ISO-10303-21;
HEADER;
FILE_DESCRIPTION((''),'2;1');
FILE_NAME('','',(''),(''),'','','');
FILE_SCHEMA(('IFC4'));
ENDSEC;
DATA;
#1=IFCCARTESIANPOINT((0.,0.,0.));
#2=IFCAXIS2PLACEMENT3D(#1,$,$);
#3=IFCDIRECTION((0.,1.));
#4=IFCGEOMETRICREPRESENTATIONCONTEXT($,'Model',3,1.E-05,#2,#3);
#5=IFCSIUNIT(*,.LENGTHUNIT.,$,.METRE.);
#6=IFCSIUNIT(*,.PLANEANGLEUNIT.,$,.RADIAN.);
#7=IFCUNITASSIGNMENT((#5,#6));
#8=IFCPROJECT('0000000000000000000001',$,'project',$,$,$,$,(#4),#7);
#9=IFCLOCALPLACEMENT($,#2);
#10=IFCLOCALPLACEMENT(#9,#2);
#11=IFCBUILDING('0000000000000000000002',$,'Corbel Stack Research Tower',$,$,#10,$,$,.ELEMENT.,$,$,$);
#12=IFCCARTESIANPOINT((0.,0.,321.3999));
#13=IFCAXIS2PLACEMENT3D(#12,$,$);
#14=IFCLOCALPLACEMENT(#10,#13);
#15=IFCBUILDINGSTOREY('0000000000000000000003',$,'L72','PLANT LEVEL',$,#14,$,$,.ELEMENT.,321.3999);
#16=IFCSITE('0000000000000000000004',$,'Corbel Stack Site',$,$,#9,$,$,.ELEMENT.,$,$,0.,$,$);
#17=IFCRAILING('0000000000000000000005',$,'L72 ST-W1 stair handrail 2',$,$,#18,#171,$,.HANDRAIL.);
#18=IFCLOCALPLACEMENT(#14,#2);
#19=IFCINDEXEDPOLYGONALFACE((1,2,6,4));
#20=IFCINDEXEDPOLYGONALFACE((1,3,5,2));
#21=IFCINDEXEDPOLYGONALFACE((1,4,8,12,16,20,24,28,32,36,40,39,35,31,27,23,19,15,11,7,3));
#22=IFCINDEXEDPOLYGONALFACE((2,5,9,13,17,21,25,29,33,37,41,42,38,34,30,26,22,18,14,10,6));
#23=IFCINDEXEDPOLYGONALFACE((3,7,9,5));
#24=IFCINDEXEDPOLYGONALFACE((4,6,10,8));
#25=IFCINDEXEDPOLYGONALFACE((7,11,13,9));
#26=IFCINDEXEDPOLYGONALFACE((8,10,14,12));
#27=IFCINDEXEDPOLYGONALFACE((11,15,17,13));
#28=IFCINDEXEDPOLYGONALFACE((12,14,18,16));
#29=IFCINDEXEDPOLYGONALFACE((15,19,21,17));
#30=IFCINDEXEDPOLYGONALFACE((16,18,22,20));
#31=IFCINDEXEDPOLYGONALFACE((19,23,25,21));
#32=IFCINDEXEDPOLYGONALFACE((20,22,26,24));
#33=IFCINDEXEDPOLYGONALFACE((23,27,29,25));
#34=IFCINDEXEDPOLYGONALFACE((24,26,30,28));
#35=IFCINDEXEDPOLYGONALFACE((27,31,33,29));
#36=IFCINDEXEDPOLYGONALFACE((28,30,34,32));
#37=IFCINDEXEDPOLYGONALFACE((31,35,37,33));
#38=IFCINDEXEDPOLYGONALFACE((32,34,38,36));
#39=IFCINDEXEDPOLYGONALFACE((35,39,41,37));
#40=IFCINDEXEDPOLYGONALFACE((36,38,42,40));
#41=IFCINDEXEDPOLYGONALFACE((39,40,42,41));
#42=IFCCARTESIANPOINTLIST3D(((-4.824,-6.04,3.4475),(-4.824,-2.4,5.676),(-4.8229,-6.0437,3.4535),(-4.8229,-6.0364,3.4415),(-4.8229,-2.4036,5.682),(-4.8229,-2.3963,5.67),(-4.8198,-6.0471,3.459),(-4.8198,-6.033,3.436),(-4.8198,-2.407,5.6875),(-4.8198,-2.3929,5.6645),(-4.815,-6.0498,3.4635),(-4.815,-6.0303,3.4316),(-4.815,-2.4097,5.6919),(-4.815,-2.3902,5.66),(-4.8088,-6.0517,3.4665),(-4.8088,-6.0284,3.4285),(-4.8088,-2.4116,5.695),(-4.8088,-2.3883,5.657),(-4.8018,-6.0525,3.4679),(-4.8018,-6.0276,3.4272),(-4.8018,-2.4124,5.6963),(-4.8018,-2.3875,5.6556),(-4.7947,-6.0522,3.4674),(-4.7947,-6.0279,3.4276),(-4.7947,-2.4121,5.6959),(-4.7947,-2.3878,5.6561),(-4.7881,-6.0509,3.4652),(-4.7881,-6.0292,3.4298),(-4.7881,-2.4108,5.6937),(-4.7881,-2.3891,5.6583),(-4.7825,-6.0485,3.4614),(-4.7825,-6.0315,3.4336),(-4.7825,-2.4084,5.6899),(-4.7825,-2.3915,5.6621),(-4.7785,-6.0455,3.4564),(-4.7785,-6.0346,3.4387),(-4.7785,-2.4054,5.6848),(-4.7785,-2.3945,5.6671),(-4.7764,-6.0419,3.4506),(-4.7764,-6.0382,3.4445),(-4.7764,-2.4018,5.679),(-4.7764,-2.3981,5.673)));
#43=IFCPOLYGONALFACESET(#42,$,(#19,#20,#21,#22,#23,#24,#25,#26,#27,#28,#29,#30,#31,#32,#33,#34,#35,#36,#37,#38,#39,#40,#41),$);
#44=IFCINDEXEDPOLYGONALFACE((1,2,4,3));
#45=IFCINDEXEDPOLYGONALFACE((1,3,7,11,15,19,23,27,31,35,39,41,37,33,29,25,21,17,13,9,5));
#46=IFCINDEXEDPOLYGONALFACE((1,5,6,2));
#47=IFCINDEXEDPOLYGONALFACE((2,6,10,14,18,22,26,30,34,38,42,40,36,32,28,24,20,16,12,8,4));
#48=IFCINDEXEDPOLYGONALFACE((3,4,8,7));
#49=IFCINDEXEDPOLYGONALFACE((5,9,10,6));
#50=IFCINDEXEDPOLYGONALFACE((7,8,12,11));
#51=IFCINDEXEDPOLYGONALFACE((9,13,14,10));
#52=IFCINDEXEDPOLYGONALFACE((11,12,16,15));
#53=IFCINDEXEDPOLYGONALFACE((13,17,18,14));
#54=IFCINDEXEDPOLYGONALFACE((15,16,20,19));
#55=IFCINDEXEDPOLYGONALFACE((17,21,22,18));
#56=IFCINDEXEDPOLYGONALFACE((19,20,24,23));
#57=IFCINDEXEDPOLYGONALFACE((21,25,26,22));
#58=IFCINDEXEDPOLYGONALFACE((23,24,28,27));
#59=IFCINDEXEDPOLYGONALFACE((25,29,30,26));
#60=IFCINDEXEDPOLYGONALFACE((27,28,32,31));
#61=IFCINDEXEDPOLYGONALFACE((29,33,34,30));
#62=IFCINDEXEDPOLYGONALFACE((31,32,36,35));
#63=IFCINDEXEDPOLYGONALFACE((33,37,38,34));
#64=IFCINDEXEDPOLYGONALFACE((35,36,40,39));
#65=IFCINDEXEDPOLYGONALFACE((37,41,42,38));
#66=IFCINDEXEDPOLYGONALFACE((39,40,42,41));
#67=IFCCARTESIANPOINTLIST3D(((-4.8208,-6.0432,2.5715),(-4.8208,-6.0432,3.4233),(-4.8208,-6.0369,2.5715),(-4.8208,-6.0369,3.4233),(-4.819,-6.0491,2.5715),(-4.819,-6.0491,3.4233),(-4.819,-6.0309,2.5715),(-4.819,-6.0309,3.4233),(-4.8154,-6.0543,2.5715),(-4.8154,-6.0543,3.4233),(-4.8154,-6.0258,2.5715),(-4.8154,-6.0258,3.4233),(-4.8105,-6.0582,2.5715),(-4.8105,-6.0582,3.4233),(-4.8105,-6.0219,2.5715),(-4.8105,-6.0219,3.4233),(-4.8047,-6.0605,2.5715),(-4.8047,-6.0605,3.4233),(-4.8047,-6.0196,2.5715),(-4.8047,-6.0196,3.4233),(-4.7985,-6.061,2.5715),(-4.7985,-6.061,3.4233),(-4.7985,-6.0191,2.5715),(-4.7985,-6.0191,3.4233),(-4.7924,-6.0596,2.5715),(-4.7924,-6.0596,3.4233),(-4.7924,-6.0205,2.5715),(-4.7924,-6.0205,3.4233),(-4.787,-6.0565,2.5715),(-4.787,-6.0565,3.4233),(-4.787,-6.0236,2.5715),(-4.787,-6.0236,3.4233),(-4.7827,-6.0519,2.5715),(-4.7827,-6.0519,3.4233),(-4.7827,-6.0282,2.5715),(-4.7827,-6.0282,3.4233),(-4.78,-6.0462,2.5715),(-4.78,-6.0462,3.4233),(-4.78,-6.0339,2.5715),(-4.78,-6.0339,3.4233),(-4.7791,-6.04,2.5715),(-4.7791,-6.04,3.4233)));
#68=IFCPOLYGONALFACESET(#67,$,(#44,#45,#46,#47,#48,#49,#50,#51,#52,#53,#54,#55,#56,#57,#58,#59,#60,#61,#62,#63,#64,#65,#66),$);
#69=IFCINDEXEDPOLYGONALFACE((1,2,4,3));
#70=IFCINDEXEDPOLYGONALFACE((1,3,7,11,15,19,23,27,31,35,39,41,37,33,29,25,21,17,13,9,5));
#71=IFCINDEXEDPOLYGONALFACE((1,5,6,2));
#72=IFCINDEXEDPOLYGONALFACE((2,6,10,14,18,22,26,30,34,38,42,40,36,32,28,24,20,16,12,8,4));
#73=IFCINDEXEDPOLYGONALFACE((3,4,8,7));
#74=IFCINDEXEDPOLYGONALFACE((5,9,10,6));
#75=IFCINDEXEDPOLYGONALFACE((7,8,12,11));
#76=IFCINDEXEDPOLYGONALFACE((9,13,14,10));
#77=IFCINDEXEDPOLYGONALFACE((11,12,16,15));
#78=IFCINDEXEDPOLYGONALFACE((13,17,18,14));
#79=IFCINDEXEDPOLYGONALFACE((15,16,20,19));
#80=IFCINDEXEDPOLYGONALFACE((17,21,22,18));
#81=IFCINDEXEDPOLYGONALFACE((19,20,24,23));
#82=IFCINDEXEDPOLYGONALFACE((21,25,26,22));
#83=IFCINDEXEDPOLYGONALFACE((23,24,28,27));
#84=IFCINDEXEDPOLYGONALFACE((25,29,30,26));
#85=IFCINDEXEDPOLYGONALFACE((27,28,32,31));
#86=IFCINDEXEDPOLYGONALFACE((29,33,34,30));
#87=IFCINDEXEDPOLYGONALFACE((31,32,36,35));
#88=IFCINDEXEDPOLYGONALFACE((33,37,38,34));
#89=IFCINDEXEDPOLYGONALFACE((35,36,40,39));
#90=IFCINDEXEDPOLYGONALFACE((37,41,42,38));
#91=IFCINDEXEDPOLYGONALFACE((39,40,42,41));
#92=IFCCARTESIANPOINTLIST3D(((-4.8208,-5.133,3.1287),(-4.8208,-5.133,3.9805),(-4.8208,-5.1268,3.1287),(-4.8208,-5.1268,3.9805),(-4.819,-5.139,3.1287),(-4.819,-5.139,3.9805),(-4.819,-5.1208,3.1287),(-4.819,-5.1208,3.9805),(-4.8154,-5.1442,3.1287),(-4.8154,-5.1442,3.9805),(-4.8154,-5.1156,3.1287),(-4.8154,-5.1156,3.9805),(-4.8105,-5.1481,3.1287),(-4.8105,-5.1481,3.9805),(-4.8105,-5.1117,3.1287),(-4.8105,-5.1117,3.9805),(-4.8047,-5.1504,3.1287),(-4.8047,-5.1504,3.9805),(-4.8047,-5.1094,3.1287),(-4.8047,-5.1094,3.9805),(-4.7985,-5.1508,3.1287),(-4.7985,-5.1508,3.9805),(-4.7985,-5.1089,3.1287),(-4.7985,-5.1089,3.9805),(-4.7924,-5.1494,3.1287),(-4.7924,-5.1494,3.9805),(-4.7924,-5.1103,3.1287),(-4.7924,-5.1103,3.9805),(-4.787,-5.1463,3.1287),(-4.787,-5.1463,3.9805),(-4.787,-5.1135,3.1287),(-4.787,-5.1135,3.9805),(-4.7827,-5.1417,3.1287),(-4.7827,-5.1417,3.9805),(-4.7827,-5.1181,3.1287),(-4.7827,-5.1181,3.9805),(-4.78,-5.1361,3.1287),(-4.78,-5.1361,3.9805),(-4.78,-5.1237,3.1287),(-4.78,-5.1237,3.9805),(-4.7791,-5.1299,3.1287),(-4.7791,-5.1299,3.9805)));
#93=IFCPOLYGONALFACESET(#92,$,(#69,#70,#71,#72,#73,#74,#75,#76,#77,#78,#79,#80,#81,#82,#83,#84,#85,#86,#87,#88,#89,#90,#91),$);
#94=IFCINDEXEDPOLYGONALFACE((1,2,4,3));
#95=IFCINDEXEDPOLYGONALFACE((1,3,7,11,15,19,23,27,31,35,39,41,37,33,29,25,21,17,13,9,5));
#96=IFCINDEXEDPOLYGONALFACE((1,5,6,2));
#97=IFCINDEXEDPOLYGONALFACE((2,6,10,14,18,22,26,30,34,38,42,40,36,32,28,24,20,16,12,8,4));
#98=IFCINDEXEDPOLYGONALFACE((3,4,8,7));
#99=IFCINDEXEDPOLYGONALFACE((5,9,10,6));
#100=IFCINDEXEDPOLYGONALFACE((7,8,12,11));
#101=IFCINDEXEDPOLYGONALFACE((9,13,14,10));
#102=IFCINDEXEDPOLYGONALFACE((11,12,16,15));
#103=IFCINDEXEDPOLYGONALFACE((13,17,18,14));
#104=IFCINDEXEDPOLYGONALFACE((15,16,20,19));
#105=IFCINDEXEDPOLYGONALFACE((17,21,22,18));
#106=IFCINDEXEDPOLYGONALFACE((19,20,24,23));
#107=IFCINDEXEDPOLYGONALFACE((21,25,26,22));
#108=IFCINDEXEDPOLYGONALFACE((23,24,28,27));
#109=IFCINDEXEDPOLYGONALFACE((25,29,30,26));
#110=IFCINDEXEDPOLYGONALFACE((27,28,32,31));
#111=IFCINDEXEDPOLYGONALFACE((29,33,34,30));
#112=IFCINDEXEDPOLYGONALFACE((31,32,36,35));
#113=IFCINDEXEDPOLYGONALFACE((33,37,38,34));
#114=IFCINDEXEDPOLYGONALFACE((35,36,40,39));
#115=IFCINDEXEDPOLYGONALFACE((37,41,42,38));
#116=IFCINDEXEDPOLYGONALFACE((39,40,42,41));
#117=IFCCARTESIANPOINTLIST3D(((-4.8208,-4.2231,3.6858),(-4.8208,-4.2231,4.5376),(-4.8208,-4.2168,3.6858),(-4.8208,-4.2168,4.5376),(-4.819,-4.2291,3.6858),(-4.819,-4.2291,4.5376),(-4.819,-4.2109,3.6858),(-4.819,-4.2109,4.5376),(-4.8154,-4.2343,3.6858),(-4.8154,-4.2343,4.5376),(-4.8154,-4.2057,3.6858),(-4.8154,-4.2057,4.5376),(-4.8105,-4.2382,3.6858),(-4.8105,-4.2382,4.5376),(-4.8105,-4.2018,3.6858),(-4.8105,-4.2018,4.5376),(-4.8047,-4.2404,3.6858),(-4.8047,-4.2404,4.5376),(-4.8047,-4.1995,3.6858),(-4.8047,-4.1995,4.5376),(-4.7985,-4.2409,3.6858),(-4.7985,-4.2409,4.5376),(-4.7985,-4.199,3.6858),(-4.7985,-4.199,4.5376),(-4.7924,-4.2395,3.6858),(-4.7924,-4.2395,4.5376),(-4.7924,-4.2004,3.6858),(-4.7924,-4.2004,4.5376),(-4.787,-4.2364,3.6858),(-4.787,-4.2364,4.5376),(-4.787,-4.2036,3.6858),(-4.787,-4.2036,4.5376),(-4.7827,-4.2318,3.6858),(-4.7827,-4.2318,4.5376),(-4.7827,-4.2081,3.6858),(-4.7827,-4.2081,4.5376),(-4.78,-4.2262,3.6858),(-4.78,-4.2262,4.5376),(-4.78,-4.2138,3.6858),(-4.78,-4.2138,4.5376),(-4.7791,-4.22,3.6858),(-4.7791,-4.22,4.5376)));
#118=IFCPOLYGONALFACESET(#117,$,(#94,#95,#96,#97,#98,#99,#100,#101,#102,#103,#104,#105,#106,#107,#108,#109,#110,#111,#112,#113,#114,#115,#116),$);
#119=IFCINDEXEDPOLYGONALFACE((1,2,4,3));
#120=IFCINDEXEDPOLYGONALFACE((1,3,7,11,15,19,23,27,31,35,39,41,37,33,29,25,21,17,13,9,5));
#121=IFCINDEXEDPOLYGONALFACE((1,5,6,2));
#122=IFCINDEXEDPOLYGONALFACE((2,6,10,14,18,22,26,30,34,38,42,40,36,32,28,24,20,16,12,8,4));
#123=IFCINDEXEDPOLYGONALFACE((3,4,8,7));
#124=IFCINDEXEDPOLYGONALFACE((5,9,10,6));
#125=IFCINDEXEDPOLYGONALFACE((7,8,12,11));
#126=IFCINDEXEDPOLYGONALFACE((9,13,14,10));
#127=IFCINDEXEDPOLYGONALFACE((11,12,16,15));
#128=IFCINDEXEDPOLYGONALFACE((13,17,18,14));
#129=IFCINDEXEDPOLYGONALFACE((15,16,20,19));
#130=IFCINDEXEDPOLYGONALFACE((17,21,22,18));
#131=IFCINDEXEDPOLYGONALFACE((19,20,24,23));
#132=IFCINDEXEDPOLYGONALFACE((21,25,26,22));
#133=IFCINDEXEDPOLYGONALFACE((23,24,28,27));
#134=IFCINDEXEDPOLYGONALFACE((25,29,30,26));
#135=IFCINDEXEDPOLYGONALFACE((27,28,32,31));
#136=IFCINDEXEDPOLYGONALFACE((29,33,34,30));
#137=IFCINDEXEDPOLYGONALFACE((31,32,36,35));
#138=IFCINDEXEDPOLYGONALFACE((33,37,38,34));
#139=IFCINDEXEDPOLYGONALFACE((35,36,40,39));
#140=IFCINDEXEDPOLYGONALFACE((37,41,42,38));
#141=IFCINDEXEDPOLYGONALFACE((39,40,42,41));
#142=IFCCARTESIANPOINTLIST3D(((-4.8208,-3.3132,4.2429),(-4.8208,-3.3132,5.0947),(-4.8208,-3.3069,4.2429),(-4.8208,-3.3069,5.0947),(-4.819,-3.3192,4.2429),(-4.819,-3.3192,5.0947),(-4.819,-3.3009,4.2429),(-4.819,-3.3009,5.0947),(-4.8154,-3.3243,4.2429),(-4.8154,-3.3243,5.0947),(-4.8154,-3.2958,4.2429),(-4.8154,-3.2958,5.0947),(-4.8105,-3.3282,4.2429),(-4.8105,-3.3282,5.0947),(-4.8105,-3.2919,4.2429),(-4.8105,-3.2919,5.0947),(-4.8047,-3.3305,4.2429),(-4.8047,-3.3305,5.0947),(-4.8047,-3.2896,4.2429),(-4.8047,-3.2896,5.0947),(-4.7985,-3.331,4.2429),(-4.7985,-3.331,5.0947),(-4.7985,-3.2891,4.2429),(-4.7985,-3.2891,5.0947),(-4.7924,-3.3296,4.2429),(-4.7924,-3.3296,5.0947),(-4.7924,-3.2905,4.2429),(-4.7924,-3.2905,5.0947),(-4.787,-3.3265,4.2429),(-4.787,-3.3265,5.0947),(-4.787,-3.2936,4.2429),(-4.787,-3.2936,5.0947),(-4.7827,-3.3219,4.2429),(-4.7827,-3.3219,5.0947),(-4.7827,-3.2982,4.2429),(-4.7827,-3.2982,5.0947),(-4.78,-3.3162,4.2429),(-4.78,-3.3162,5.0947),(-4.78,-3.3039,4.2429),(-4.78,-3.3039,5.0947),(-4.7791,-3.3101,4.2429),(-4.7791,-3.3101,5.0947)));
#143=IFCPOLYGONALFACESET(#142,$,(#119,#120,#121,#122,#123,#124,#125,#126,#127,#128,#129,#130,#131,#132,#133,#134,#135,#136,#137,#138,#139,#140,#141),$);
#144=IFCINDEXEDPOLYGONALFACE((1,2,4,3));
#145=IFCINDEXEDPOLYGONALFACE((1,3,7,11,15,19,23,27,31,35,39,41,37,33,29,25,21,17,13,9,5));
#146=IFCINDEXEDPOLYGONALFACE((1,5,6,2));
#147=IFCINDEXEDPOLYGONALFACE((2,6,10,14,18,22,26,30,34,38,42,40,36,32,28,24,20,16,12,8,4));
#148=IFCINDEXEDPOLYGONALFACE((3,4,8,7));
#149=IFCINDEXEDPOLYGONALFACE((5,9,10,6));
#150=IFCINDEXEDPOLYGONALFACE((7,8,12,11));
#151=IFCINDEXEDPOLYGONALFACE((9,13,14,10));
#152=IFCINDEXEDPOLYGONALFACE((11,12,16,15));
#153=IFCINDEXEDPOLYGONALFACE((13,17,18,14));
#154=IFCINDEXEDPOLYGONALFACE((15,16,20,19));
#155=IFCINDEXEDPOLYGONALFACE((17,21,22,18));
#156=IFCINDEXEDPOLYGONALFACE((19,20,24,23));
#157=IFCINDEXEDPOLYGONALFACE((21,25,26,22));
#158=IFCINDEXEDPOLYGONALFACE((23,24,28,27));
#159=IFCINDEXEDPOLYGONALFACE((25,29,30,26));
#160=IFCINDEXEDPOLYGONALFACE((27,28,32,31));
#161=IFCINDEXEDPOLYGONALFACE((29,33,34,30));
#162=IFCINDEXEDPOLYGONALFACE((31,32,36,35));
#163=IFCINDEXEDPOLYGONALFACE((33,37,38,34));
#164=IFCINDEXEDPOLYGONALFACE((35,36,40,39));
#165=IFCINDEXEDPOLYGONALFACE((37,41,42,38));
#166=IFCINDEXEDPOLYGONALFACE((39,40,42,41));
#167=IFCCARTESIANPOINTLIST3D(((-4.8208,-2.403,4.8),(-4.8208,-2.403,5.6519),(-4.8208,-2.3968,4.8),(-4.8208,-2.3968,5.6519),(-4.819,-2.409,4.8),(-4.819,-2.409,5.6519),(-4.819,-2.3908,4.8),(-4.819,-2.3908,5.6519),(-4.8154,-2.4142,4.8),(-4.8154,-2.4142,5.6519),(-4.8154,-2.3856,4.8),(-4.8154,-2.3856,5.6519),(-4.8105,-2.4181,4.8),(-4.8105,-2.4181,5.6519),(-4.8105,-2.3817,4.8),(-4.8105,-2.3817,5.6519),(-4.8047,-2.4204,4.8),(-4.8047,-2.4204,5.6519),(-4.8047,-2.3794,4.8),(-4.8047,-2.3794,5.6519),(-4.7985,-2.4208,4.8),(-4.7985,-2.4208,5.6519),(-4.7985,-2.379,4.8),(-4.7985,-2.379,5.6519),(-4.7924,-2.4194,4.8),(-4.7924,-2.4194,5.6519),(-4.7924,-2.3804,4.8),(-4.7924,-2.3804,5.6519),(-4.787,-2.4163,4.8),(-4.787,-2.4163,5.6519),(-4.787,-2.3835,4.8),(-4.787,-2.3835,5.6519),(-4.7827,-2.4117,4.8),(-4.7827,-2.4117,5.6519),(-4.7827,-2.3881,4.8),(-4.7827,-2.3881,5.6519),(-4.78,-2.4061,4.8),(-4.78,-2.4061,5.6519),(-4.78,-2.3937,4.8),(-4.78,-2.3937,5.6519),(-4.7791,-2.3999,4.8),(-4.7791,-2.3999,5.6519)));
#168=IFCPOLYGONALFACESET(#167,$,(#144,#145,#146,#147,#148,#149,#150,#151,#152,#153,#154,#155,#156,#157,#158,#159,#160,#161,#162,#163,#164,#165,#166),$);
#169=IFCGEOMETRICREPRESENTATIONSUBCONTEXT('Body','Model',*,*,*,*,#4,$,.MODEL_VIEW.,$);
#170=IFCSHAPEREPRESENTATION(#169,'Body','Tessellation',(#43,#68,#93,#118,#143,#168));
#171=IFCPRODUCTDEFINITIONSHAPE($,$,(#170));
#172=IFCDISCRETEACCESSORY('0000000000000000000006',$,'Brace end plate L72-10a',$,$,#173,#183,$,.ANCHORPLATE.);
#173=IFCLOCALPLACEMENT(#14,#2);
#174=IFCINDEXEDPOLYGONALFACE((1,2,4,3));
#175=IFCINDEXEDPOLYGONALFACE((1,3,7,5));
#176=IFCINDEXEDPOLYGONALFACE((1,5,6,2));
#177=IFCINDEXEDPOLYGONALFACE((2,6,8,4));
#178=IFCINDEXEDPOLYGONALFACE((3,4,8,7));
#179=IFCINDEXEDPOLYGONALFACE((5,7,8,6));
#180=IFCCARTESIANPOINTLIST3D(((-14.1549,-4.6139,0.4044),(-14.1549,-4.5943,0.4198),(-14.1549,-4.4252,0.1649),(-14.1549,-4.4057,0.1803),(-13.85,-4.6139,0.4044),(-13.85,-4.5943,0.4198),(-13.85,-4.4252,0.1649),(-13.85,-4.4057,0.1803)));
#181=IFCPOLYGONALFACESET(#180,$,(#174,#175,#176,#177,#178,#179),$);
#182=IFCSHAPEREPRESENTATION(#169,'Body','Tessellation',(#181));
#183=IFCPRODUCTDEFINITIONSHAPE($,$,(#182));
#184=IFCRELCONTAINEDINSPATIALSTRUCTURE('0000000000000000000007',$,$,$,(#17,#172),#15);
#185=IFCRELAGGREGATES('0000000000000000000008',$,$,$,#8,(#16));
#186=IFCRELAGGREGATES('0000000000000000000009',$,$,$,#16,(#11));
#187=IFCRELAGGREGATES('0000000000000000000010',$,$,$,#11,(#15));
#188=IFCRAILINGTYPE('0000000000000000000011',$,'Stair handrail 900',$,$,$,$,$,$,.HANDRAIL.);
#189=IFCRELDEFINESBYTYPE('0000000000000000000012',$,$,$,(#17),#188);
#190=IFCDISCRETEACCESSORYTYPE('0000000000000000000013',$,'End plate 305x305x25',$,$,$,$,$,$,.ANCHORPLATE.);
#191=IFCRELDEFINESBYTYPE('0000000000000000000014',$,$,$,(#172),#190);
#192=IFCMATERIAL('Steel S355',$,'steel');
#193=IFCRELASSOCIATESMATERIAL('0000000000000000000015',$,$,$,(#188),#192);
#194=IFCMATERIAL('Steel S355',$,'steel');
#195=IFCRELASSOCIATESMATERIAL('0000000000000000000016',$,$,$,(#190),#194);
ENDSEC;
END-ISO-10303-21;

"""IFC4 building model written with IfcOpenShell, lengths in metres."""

from ifc_helpers import new_model, si_unit, direction, frame, origin, origin_2d, place, context, subcontext, project, spatial, rectangle, circle, extrude, material, material_profile, profile_set, type_object, element, save


model = new_model("IFC4")

# Units and contexts
model_context = context("Model", 3, precision=1e-05, world=origin(), true_north=direction((0.0, 1.0)))
body_context = subcontext(model_context, "Body", "Model", "MODEL_VIEW")
ifc_project = project(units=[si_unit("LENGTHUNIT", "METRE"), si_unit("PLANEANGLEUNIT", "RADIAN")], contexts=[model_context])

# Site, building, storey
site_placement = place(None, origin())
site = spatial("IfcSite", under=ifc_project, at=site_placement, Name="Corbel Stack Site", CompositionType="ELEMENT", RefElevation=0.0)
building_placement = place(site_placement, origin())
building = spatial("IfcBuilding", under=site, at=building_placement, Name="Corbel Stack Research Tower", CompositionType="ELEMENT")
storey_placement = place(building_placement, frame((0.0, 0.0, 321.3999)))
storey = spatial("IfcBuildingStorey", under=building, at=storey_placement, Name="L72", Description="PLANT LEVEL", CompositionType="ELEMENT", Elevation=321.3999)

# Railing
ifc_material_1 = material(Name="Steel S355", Category="steel")
railing_type_1 = type_object("IfcRailingType", Name="Stair handrail 900", PredefinedType="HANDRAIL", material=ifc_material_1)
railing_1_placement = place(storey_placement, frame((-4.8, -6.04, 2.5715)))
element("IfcRailing", 1, at=railing_1_placement, inside=storey, type_object=railing_type_1, Name="L72 ST-W1 stair handrail 2", PredefinedType="HANDRAIL", context=body_context, shape_type="SweptSolid", body=[
    extrude(circle(Radius=0.0239, at=origin_2d()), frame((0.0, 0.0, 0.876), z_axis=(0.0, 0.852866, 0.52213), x_axis=(-1.0, 0.0, 0.0)), (0.0, 0.0, 1.0), 4.2681),
    extrude(circle(Radius=0.021, at=origin_2d()), origin(), (0.0, 0.0, 1.0), 0.8518),
    extrude(circle(Radius=0.021, at=origin_2d()), frame((0.0, 0.9102, 0.5571)), (0.0, 0.0, 1.0), 0.8518),
    extrude(circle(Radius=0.021, at=origin_2d()), frame((0.0, 1.8201, 1.1143)), (0.0, 0.0, 1.0), 0.8518),
    extrude(circle(Radius=0.021, at=origin_2d()), frame((0.0, 2.73, 1.6714)), (0.0, 0.0, 1.0), 0.8518),
    extrude(circle(Radius=0.021, at=origin_2d()), frame((0.0, 3.6401, 2.2285)), (0.0, 0.0, 1.0), 0.8518),
])

# Discrete accessory
ifc_material_2 = material(Name="Steel S355", Category="steel")
ifc_material_profile_1 = material_profile(ifc_material_2, rectangle(XDim=0.3049, YDim=0.3049, at=origin_2d()), Name="End plate 305x305x25")
ifc_profile_set_1 = profile_set([ifc_material_profile_1], Name="Steel S355")
discrete_accessory_type = type_object("IfcDiscreteAccessoryType", Name="End plate 305x305x25", PredefinedType="ANCHORPLATE", material=ifc_profile_set_1)
discrete_accessory_placement = place(storey_placement, frame((-14.0024, -4.5, 0.3), z_axis=(0.0, -0.785636, -0.618689), x_axis=(1.0, 0.0, 0.0)))
element("IfcDiscreteAccessory", 2, at=discrete_accessory_placement, inside=storey, type_object=discrete_accessory_type, Name="Brace end plate L72-10a", PredefinedType="ANCHORPLATE", context=body_context, shape_type="SweptSolid", body=[
    extrude(rectangle(XDim=0.3049, YDim=0.3049, at=origin_2d()), origin(), (0.0, 0.0, 1.0), 0.0249),
])

save(model, "model.ifc")
